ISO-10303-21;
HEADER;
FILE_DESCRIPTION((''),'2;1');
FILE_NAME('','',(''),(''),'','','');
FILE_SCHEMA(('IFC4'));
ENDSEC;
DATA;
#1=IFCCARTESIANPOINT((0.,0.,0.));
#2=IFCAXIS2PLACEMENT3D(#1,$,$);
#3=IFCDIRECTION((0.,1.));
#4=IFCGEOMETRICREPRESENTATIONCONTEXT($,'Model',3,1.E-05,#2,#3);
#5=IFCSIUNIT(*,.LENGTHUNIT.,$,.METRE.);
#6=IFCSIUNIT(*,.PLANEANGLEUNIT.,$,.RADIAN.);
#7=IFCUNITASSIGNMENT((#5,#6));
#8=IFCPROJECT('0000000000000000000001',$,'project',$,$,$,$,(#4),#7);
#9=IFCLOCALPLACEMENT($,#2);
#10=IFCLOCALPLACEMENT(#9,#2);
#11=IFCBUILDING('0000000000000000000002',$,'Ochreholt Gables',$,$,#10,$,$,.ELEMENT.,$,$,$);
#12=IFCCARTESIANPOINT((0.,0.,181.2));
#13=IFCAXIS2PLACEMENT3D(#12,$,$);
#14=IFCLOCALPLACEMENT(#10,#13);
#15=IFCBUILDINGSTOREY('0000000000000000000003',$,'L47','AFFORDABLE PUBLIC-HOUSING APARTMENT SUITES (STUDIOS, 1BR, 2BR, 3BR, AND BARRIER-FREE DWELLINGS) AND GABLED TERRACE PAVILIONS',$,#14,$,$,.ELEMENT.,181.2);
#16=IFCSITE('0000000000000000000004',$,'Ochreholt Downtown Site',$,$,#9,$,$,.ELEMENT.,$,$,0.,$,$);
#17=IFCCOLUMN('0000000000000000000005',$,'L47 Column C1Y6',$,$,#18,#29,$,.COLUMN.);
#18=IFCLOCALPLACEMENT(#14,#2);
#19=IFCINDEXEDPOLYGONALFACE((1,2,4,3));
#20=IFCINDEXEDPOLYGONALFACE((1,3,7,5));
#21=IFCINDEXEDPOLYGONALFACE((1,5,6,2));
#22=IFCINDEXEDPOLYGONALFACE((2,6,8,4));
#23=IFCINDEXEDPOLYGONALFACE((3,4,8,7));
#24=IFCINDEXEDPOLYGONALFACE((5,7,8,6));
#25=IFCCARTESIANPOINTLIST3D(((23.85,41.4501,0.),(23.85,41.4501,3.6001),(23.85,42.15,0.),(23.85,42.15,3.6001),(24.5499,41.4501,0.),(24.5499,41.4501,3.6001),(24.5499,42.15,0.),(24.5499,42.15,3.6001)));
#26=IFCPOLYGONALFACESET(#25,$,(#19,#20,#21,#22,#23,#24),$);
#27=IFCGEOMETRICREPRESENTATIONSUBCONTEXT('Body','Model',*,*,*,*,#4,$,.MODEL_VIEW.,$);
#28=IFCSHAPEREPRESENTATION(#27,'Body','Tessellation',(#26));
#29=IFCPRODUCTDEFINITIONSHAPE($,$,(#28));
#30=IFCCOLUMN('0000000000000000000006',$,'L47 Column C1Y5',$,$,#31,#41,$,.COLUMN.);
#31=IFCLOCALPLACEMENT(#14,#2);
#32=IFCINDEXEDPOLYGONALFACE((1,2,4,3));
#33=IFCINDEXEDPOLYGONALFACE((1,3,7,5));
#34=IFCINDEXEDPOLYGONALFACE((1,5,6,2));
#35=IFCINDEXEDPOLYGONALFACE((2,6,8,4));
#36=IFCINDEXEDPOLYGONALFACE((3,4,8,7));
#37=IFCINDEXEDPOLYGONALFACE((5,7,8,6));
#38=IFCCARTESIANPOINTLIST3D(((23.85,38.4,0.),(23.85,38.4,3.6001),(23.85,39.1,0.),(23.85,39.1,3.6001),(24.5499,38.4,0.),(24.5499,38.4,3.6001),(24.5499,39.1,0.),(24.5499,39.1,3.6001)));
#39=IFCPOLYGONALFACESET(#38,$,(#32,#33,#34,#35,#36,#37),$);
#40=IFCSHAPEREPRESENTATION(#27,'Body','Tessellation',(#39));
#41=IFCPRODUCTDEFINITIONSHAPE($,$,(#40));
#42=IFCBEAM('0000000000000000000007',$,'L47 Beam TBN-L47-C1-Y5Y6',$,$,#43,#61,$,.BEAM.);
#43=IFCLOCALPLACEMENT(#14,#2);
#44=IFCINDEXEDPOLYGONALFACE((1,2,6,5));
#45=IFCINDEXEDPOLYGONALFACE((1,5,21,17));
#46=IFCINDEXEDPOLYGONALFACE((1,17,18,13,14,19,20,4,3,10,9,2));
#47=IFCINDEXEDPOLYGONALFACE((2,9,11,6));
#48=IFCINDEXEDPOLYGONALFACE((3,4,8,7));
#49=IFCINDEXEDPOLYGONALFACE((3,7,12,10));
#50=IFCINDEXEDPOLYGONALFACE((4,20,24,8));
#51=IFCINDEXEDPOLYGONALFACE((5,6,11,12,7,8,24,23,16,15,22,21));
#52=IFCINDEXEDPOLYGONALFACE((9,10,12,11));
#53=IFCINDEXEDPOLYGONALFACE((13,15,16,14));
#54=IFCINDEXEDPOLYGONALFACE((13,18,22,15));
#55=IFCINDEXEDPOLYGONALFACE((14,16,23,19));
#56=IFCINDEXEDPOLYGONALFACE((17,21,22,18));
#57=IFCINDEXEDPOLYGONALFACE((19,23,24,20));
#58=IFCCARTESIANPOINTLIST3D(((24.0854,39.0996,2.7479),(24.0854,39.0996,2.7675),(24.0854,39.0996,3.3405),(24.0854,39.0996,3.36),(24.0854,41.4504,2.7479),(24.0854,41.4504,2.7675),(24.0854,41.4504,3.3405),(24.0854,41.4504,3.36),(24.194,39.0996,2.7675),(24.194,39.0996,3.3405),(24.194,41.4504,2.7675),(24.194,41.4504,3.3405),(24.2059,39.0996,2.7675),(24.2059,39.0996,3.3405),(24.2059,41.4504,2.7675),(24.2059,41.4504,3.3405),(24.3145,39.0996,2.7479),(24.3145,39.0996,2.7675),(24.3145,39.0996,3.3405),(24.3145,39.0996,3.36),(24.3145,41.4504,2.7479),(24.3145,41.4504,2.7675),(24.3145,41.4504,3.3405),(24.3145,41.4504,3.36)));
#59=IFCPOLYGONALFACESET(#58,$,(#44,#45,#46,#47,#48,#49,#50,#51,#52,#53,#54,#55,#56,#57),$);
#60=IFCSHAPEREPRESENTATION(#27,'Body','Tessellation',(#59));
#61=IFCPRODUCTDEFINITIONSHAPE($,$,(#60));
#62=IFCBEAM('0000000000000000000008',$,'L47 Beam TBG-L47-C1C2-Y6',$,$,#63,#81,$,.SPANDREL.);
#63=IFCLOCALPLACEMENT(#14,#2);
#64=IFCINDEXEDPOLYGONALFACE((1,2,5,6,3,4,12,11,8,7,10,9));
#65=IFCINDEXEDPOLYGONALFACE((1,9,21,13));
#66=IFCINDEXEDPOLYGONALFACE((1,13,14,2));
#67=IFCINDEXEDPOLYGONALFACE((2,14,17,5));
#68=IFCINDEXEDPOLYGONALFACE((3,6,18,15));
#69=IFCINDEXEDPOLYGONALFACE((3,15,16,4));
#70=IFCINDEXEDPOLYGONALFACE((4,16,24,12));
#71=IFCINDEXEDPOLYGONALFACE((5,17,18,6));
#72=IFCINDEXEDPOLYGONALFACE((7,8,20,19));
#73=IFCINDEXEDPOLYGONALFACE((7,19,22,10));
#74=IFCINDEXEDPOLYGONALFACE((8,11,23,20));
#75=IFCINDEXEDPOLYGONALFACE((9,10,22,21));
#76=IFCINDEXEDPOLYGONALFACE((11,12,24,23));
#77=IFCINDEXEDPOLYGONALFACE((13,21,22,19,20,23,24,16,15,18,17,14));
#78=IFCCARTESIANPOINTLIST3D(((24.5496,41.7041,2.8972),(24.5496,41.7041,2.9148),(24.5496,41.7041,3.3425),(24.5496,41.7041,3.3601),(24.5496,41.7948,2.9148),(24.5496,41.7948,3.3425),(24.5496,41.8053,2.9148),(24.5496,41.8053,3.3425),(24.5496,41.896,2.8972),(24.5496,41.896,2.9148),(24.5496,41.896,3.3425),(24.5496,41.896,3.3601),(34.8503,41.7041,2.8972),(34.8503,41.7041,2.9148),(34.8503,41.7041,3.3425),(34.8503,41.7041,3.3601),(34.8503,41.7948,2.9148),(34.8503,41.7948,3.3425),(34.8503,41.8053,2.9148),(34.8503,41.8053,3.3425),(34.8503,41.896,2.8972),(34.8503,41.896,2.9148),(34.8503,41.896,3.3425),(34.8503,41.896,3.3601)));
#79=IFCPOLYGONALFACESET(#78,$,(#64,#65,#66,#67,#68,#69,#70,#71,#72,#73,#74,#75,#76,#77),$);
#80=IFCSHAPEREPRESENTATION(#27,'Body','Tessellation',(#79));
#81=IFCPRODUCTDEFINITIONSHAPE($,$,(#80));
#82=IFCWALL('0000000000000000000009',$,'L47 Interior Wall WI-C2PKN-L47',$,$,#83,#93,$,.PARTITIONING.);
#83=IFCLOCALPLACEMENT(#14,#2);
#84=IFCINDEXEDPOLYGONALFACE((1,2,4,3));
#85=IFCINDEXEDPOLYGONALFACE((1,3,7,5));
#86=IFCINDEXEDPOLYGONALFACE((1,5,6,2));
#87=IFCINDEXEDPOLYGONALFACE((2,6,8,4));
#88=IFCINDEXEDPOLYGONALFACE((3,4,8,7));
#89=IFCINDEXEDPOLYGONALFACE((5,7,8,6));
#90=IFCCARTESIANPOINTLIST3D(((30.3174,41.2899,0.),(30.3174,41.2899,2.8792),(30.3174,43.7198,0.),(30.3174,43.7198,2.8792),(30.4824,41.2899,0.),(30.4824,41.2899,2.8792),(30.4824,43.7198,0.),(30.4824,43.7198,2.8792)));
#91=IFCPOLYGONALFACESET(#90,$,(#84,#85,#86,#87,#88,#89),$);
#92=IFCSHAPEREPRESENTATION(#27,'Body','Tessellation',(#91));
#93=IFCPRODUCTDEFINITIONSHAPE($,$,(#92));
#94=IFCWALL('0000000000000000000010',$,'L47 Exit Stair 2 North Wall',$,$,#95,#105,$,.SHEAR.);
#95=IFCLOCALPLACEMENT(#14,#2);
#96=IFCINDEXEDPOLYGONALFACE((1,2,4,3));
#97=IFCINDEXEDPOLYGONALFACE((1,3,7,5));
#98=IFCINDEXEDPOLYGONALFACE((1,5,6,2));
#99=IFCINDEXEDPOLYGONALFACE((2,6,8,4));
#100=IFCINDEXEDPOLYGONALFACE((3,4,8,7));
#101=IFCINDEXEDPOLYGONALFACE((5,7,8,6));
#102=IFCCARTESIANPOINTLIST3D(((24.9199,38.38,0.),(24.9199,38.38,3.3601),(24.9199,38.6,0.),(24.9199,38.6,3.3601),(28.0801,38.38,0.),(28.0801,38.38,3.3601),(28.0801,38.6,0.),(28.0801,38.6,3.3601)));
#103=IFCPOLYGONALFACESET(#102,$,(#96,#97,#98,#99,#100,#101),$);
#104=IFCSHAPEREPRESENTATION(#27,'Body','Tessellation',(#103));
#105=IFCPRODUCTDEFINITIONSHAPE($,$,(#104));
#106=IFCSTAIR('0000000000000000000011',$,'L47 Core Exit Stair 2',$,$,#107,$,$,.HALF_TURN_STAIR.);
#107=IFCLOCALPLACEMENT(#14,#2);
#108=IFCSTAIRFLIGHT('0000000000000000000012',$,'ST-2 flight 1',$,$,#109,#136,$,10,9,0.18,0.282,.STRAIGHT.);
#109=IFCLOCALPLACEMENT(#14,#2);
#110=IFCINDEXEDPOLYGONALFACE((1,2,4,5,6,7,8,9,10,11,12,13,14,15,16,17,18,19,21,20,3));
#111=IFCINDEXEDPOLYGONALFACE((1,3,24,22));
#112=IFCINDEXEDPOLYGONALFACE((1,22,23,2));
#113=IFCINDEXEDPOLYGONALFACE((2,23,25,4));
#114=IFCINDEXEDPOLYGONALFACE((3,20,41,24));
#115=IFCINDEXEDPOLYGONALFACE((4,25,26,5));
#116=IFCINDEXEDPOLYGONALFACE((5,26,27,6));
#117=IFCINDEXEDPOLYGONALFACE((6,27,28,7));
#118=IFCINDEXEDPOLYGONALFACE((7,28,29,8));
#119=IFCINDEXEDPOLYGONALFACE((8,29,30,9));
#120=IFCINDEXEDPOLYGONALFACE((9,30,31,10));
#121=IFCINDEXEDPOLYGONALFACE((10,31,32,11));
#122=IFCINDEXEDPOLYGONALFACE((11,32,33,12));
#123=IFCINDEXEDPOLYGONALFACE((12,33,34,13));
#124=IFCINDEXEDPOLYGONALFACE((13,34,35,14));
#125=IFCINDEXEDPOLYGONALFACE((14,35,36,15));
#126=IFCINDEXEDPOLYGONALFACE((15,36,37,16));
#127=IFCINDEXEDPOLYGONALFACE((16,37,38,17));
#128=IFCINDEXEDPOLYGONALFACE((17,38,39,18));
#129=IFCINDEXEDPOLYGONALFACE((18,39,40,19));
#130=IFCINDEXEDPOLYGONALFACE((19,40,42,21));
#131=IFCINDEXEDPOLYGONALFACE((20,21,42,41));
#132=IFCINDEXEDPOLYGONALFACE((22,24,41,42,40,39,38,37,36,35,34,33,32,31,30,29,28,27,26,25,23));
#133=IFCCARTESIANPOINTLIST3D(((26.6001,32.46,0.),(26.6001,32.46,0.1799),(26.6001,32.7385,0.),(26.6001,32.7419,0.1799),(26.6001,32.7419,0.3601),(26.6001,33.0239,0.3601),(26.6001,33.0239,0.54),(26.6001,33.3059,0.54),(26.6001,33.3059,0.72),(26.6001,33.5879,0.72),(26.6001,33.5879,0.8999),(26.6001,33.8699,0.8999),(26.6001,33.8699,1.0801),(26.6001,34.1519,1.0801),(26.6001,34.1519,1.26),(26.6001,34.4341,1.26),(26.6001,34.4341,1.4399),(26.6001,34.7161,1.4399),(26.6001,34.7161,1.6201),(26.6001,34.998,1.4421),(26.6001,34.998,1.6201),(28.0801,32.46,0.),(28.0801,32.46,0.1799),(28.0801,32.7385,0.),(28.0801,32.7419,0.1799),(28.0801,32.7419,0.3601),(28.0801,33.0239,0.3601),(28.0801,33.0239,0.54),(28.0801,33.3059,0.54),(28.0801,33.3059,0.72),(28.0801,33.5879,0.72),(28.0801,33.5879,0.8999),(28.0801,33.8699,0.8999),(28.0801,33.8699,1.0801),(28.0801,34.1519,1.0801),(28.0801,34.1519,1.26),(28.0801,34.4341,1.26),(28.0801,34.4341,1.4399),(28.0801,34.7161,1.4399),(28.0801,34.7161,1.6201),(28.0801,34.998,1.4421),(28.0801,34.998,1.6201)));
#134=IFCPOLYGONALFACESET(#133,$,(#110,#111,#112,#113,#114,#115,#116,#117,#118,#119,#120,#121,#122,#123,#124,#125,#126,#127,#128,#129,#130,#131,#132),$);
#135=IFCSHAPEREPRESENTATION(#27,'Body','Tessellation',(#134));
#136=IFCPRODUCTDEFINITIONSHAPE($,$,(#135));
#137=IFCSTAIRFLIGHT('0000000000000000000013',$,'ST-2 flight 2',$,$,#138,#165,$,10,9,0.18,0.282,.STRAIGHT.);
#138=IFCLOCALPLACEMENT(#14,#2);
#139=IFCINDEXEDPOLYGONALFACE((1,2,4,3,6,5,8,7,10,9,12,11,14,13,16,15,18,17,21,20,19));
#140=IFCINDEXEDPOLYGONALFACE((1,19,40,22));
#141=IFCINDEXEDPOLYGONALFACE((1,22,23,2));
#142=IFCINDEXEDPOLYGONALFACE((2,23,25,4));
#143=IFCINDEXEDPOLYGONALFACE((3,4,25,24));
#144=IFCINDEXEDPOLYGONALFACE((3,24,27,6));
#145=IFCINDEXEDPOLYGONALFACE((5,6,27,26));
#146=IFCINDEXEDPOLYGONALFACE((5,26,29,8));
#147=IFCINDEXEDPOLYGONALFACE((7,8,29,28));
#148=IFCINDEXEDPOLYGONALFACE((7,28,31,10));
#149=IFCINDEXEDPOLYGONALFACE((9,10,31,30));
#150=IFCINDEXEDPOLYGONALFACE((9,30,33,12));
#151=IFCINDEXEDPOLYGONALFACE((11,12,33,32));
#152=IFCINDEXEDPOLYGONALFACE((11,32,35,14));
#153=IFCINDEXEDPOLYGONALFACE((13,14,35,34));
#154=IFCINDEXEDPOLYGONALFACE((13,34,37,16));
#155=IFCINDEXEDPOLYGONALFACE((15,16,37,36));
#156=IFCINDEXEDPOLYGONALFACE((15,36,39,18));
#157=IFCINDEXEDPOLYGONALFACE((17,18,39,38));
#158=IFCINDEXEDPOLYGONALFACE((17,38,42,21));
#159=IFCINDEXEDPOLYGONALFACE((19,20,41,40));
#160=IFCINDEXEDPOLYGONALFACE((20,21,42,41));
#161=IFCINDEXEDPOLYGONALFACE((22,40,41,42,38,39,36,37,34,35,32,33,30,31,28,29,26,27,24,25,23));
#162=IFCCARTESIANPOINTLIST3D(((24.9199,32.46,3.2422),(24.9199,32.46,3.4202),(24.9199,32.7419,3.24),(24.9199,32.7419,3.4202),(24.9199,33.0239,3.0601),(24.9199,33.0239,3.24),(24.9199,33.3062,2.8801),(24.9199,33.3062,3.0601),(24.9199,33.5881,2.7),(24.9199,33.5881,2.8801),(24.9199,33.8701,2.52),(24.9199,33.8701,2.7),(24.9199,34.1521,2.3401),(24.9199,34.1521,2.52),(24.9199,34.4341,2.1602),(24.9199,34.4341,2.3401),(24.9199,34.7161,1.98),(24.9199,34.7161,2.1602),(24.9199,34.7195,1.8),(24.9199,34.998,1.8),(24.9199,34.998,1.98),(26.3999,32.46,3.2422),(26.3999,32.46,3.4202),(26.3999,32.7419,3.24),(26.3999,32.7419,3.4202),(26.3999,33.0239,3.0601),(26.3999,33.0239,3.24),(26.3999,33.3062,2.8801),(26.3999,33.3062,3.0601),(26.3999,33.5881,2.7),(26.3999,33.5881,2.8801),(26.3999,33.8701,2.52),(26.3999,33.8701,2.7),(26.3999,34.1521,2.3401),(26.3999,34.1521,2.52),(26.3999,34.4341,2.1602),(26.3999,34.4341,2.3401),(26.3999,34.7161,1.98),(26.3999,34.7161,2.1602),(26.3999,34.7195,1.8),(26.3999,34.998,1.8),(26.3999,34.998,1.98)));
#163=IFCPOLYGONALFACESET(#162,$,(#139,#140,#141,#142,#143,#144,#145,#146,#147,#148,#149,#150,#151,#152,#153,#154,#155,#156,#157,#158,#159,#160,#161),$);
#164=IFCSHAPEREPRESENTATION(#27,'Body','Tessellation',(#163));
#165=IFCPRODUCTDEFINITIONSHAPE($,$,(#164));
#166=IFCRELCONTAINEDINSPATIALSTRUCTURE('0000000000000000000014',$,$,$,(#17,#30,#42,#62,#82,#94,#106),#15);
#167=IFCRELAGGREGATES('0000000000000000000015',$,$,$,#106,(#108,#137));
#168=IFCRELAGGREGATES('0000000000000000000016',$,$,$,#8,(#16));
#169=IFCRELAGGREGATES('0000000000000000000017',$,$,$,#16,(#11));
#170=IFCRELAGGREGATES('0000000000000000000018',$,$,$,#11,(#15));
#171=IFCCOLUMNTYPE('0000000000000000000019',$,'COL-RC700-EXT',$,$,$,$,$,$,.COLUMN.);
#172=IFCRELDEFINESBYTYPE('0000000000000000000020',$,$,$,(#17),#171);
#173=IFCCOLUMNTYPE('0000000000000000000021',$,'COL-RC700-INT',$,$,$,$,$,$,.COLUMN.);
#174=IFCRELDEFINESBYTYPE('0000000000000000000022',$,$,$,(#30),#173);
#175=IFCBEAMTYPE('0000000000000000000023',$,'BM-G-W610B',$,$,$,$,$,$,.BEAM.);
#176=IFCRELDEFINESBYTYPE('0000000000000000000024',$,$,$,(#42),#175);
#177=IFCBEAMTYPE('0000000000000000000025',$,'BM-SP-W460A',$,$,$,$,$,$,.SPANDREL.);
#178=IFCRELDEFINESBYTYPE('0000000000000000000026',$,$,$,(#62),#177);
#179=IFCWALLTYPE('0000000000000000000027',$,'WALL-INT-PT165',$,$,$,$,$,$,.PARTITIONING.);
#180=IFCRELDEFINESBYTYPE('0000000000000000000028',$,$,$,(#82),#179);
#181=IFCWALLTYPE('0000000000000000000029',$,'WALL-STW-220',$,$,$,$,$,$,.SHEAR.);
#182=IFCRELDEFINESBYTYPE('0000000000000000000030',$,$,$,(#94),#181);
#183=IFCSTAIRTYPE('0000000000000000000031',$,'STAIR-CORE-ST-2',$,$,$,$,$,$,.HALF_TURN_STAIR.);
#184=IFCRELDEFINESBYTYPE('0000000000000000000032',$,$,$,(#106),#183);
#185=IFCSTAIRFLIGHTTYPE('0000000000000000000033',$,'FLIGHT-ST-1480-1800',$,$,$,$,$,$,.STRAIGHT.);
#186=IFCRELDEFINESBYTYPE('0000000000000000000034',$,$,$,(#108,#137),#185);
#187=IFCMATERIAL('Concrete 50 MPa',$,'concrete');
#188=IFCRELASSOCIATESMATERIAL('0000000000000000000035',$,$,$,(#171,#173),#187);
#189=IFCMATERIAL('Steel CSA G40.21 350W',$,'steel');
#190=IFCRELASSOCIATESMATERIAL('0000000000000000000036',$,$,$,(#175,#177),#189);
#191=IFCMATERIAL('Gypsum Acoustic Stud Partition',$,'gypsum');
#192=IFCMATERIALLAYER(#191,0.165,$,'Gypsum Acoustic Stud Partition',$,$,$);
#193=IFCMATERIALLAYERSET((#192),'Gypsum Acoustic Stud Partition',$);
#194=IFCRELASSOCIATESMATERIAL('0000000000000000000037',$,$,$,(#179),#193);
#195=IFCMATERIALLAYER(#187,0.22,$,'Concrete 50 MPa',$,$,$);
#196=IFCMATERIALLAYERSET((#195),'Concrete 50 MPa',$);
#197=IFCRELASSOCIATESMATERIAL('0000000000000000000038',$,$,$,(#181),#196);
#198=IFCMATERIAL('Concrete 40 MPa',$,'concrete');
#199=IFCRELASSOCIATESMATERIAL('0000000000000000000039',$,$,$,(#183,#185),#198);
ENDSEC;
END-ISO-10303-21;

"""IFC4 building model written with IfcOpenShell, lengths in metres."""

from ifc_helpers import new_model, si_unit, direction, frame, frame_2d, origin, origin_2d, place, context, subcontext, project, spatial, polyline, rectangle, i_section, outline, extrude, material, layer, layer_set, material_profile, profile_set, type_object, element, aggregate, save


model = new_model("IFC4")

# Units and contexts
model_context = context("Model", 3, precision=1e-05, world=origin(), true_north=direction((0.0, 1.0)))
body_context = subcontext(model_context, "Body", "Model", "MODEL_VIEW")
ifc_project = project(units=[si_unit("LENGTHUNIT", "METRE"), si_unit("PLANEANGLEUNIT", "RADIAN")], contexts=[model_context])

# Site, building, storey
site_placement = place(None, origin())
site = spatial("IfcSite", under=ifc_project, at=site_placement, Name="Ochreholt Downtown Site", CompositionType="ELEMENT", RefElevation=0.0)
building_placement = place(site_placement, origin())
building = spatial("IfcBuilding", under=site, at=building_placement, Name="Ochreholt Gables", CompositionType="ELEMENT")
storey_placement = place(building_placement, frame((0.0, 0.0, 181.2)))
storey = spatial("IfcBuildingStorey", under=building, at=storey_placement, Name="L47", Description="AFFORDABLE PUBLIC-HOUSING APARTMENT SUITES (STUDIOS, 1BR, 2BR, 3BR, AND BARRIER-FREE DWELLINGS) AND GABLED TERRACE PAVILIONS", CompositionType="ELEMENT", Elevation=181.2)

# Columns
ifc_material_1 = material(Name="Concrete 50 MPa", Category="concrete")
ifc_material_profile_1 = material_profile(ifc_material_1, rectangle(XDim=0.7, YDim=0.7, at=origin_2d()), Name="RC700X700")
ifc_profile_set_1 = profile_set([ifc_material_profile_1], Name="Concrete 50 MPa")
column_type_1 = type_object("IfcColumnType", Name="COL-RC700-EXT", PredefinedType="COLUMN", material=ifc_profile_set_1)
column_1_placement = place(storey_placement, frame((24.2, 41.8, 0.0), z_axis=(0.0, 0.0, 1.0), x_axis=(1.0, 0.0, 0.0)))
element("IfcColumn", 1, at=column_1_placement, inside=storey, type_object=column_type_1, Name="L47 Column C1Y6", PredefinedType="COLUMN", context=body_context, shape_type="SweptSolid", body=[
    extrude(rectangle(XDim=0.7, YDim=0.7, at=origin_2d()), origin(), (0.0, 0.0, 1.0), 3.6001),
])
ifc_material_profile_2 = material_profile(ifc_material_1, rectangle(XDim=0.7, YDim=0.7, at=origin_2d()), Name="RC700X700")
ifc_profile_set_2 = profile_set([ifc_material_profile_2], Name="Concrete 50 MPa")
column_type_2 = type_object("IfcColumnType", Name="COL-RC700-INT", PredefinedType="COLUMN", material=ifc_profile_set_2)
column_2_placement = place(storey_placement, frame((24.2, 38.75, 0.0), z_axis=(0.0, 0.0, 1.0), x_axis=(1.0, 0.0, 0.0)))
element("IfcColumn", 2, at=column_2_placement, inside=storey, type_object=column_type_2, Name="L47 Column C1Y5", PredefinedType="COLUMN", context=body_context, shape_type="SweptSolid", body=[
    extrude(rectangle(XDim=0.7, YDim=0.7, at=origin_2d()), origin(), (0.0, 0.0, 1.0), 3.6001),
])

# Beams
ifc_material_2 = material(Name="Steel CSA G40.21 350W", Category="steel")
ifc_material_profile_3 = material_profile(ifc_material_2, i_section(OverallWidth=0.229, OverallDepth=0.6121, WebThickness=0.012, FlangeThickness=0.0195, at=origin_2d()), Name="W610X125")
ifc_profile_set_3 = profile_set([ifc_material_profile_3], Name="Steel CSA G40.21 350W")
beam_type_1 = type_object("IfcBeamType", Name="BM-G-W610B", PredefinedType="BEAM", material=ifc_profile_set_3)
beam_1_placement = place(storey_placement, frame((24.2, 39.0996, 3.054), z_axis=(0.0, 1.0, 0.0), x_axis=(-1.0, 0.0, 0.0)))
element("IfcBeam", 3, at=beam_1_placement, inside=storey, type_object=beam_type_1, Name="L47 Beam TBN-L47-C1-Y5Y6", PredefinedType="BEAM", context=body_context, shape_type="SweptSolid", body=[
    extrude(i_section(OverallWidth=0.229, OverallDepth=0.6121, WebThickness=0.012, FlangeThickness=0.0195, at=origin_2d()), origin(), (0.0, 0.0, 1.0), 2.3508),
])
ifc_material_profile_4 = material_profile(ifc_material_2, i_section(OverallWidth=0.1919, OverallDepth=0.4629, WebThickness=0.0105, FlangeThickness=0.0176, at=origin_2d()), Name="W460X89")
ifc_profile_set_4 = profile_set([ifc_material_profile_4], Name="Steel CSA G40.21 350W")
beam_type_2 = type_object("IfcBeamType", Name="BM-SP-W460A", PredefinedType="SPANDREL", material=ifc_profile_set_4)
beam_2_placement = place(storey_placement, frame((24.5496, 41.8, 3.1287), z_axis=(1.0, 0.0, 0.0), x_axis=(0.0, 1.0, 0.0)))
element("IfcBeam", 4, at=beam_2_placement, inside=storey, type_object=beam_type_2, Name="L47 Beam TBG-L47-C1C2-Y6", PredefinedType="SPANDREL", context=body_context, shape_type="SweptSolid", body=[
    extrude(i_section(OverallWidth=0.1919, OverallDepth=0.4629, WebThickness=0.0105, FlangeThickness=0.0176, at=origin_2d()), origin(), (0.0, 0.0, 1.0), 10.3008),
])

# Walls
ifc_material_3 = material(Name="Gypsum Acoustic Stud Partition", Category="gypsum")
ifc_layer_1 = layer(ifc_material_3, 0.165, Name="Gypsum Acoustic Stud Partition")
ifc_layer_set_1 = layer_set([ifc_layer_1], Name="Gypsum Acoustic Stud Partition")
wall_type_1 = type_object("IfcWallType", Name="WALL-INT-PT165", PredefinedType="PARTITIONING", material=ifc_layer_set_1)
wall_1_placement = place(storey_placement, frame((30.3999, 41.29, 0.0), z_axis=(0.0, 0.0, 1.0), x_axis=(0.0, 1.0, 0.0)))
element("IfcWall", 5, at=wall_1_placement, inside=storey, type_object=wall_type_1, Name="L47 Interior Wall WI-C2PKN-L47", PredefinedType="PARTITIONING", context=body_context, shape_type="SweptSolid", body=[
    extrude(rectangle(XDim=2.4299, YDim=0.165, at=frame_2d((1.2148, 0.0))), origin(), (0.0, 0.0, 1.0), 2.8792),
])
ifc_layer_2 = layer(ifc_material_1, 0.22, Name="Concrete 50 MPa")
ifc_layer_set_2 = layer_set([ifc_layer_2], Name="Concrete 50 MPa")
wall_type_2 = type_object("IfcWallType", Name="WALL-STW-220", PredefinedType="SHEAR", material=ifc_layer_set_2)
wall_2_placement = place(storey_placement, frame((24.9199, 38.49, 0.0), z_axis=(0.0, 0.0, 1.0), x_axis=(1.0, 0.0, 0.0)))
element("IfcWall", 6, at=wall_2_placement, inside=storey, type_object=wall_type_2, Name="L47 Exit Stair 2 North Wall", PredefinedType="SHEAR", context=body_context, shape_type="SweptSolid", body=[
    extrude(rectangle(XDim=3.1602, YDim=0.22, at=frame_2d((1.5801, 0.0))), origin(), (0.0, 0.0, 1.0), 3.3601),
])

# Stair, stair flights
ifc_material_4 = material(Name="Concrete 40 MPa", Category="concrete")
stair_type = type_object("IfcStairType", Name="STAIR-CORE-ST-2", PredefinedType="HALF_TURN_STAIR", material=ifc_material_4)
stair_placement = place(storey_placement, origin())
stair = element("IfcStair", 7, at=stair_placement, inside=storey, type_object=stair_type, Name="L47 Core Exit Stair 2", PredefinedType="HALF_TURN_STAIR")
stair_flight_type = type_object("IfcStairFlightType", Name="FLIGHT-ST-1480-1800", PredefinedType="STRAIGHT", material=ifc_material_4)
stair_flight_1_placement = place(storey_placement, frame((27.3401, 32.46, 0.0), z_axis=(0.0, 0.0, 1.0), x_axis=(0.0, 1.0, 0.0)))
stair_flight_1 = element("IfcStairFlight", 8, at=stair_flight_1_placement, type_object=stair_flight_type, Name="ST-2 flight 1", NumberOfRisers=10, NumberOfTreads=9, PredefinedType="STRAIGHT", RiserHeight=0.18, TreadLength=0.282, context=body_context, shape_type="SweptSolid", body=[
    extrude(outline(polyline([(0.0, 0.0), (0.0, 0.1799), (0.282, 0.1799), (0.282, 0.3601), (0.564, 0.3601), (0.564, 0.54), (0.8459, 0.54), (0.8459, 0.72), (1.1279, 0.72), (1.1279, 0.8999), (1.4099, 0.8999), (1.4099, 1.0801), (1.6919, 1.0801), (1.6919, 1.26), (1.9741, 1.26), (1.9741, 1.4399), (2.2561, 1.4399), (2.2561, 1.6201), (2.5381, 1.6201), (2.5381, 1.8), (2.5381, 1.4421), (0.2786, 0.0), (0.0, 0.0)])), frame((0.0, 0.74, 0.0), z_axis=(0.0, -1.0, 0.0), x_axis=(1.0, 0.0, 0.0)), (0.0, 0.0, 1.0), 1.48),
])
stair_flight_2_placement = place(storey_placement, frame((25.6599, 34.998, 1.8), z_axis=(0.0, 0.0, 1.0), x_axis=(0.0, -1.0, 0.0)))
stair_flight_2 = element("IfcStairFlight", 9, at=stair_flight_2_placement, type_object=stair_flight_type, Name="ST-2 flight 2", NumberOfRisers=10, NumberOfTreads=9, PredefinedType="STRAIGHT", RiserHeight=0.18, TreadLength=0.282, context=body_context, shape_type="SweptSolid", body=[
    extrude(outline(polyline([(0.0, 0.0), (0.0, 0.1799), (0.282, 0.1799), (0.282, 0.3601), (0.564, 0.3601), (0.564, 0.54), (0.8459, 0.54), (0.8459, 0.72), (1.1279, 0.72), (1.1279, 0.8999), (1.4099, 0.8999), (1.4099, 1.0801), (1.6919, 1.0801), (1.6919, 1.26), (1.9741, 1.26), (1.9741, 1.4399), (2.2561, 1.4399), (2.2561, 1.6201), (2.5381, 1.6201), (2.5381, 1.8), (2.5381, 1.4421), (0.2786, 0.0), (0.0, 0.0)])), frame((0.0, 0.74, 0.0), z_axis=(0.0, -1.0, 0.0), x_axis=(1.0, 0.0, 0.0)), (0.0, 0.0, 1.0), 1.48),
])
aggregate(stair, [stair_flight_1, stair_flight_2])

save(model, "model.ifc")
